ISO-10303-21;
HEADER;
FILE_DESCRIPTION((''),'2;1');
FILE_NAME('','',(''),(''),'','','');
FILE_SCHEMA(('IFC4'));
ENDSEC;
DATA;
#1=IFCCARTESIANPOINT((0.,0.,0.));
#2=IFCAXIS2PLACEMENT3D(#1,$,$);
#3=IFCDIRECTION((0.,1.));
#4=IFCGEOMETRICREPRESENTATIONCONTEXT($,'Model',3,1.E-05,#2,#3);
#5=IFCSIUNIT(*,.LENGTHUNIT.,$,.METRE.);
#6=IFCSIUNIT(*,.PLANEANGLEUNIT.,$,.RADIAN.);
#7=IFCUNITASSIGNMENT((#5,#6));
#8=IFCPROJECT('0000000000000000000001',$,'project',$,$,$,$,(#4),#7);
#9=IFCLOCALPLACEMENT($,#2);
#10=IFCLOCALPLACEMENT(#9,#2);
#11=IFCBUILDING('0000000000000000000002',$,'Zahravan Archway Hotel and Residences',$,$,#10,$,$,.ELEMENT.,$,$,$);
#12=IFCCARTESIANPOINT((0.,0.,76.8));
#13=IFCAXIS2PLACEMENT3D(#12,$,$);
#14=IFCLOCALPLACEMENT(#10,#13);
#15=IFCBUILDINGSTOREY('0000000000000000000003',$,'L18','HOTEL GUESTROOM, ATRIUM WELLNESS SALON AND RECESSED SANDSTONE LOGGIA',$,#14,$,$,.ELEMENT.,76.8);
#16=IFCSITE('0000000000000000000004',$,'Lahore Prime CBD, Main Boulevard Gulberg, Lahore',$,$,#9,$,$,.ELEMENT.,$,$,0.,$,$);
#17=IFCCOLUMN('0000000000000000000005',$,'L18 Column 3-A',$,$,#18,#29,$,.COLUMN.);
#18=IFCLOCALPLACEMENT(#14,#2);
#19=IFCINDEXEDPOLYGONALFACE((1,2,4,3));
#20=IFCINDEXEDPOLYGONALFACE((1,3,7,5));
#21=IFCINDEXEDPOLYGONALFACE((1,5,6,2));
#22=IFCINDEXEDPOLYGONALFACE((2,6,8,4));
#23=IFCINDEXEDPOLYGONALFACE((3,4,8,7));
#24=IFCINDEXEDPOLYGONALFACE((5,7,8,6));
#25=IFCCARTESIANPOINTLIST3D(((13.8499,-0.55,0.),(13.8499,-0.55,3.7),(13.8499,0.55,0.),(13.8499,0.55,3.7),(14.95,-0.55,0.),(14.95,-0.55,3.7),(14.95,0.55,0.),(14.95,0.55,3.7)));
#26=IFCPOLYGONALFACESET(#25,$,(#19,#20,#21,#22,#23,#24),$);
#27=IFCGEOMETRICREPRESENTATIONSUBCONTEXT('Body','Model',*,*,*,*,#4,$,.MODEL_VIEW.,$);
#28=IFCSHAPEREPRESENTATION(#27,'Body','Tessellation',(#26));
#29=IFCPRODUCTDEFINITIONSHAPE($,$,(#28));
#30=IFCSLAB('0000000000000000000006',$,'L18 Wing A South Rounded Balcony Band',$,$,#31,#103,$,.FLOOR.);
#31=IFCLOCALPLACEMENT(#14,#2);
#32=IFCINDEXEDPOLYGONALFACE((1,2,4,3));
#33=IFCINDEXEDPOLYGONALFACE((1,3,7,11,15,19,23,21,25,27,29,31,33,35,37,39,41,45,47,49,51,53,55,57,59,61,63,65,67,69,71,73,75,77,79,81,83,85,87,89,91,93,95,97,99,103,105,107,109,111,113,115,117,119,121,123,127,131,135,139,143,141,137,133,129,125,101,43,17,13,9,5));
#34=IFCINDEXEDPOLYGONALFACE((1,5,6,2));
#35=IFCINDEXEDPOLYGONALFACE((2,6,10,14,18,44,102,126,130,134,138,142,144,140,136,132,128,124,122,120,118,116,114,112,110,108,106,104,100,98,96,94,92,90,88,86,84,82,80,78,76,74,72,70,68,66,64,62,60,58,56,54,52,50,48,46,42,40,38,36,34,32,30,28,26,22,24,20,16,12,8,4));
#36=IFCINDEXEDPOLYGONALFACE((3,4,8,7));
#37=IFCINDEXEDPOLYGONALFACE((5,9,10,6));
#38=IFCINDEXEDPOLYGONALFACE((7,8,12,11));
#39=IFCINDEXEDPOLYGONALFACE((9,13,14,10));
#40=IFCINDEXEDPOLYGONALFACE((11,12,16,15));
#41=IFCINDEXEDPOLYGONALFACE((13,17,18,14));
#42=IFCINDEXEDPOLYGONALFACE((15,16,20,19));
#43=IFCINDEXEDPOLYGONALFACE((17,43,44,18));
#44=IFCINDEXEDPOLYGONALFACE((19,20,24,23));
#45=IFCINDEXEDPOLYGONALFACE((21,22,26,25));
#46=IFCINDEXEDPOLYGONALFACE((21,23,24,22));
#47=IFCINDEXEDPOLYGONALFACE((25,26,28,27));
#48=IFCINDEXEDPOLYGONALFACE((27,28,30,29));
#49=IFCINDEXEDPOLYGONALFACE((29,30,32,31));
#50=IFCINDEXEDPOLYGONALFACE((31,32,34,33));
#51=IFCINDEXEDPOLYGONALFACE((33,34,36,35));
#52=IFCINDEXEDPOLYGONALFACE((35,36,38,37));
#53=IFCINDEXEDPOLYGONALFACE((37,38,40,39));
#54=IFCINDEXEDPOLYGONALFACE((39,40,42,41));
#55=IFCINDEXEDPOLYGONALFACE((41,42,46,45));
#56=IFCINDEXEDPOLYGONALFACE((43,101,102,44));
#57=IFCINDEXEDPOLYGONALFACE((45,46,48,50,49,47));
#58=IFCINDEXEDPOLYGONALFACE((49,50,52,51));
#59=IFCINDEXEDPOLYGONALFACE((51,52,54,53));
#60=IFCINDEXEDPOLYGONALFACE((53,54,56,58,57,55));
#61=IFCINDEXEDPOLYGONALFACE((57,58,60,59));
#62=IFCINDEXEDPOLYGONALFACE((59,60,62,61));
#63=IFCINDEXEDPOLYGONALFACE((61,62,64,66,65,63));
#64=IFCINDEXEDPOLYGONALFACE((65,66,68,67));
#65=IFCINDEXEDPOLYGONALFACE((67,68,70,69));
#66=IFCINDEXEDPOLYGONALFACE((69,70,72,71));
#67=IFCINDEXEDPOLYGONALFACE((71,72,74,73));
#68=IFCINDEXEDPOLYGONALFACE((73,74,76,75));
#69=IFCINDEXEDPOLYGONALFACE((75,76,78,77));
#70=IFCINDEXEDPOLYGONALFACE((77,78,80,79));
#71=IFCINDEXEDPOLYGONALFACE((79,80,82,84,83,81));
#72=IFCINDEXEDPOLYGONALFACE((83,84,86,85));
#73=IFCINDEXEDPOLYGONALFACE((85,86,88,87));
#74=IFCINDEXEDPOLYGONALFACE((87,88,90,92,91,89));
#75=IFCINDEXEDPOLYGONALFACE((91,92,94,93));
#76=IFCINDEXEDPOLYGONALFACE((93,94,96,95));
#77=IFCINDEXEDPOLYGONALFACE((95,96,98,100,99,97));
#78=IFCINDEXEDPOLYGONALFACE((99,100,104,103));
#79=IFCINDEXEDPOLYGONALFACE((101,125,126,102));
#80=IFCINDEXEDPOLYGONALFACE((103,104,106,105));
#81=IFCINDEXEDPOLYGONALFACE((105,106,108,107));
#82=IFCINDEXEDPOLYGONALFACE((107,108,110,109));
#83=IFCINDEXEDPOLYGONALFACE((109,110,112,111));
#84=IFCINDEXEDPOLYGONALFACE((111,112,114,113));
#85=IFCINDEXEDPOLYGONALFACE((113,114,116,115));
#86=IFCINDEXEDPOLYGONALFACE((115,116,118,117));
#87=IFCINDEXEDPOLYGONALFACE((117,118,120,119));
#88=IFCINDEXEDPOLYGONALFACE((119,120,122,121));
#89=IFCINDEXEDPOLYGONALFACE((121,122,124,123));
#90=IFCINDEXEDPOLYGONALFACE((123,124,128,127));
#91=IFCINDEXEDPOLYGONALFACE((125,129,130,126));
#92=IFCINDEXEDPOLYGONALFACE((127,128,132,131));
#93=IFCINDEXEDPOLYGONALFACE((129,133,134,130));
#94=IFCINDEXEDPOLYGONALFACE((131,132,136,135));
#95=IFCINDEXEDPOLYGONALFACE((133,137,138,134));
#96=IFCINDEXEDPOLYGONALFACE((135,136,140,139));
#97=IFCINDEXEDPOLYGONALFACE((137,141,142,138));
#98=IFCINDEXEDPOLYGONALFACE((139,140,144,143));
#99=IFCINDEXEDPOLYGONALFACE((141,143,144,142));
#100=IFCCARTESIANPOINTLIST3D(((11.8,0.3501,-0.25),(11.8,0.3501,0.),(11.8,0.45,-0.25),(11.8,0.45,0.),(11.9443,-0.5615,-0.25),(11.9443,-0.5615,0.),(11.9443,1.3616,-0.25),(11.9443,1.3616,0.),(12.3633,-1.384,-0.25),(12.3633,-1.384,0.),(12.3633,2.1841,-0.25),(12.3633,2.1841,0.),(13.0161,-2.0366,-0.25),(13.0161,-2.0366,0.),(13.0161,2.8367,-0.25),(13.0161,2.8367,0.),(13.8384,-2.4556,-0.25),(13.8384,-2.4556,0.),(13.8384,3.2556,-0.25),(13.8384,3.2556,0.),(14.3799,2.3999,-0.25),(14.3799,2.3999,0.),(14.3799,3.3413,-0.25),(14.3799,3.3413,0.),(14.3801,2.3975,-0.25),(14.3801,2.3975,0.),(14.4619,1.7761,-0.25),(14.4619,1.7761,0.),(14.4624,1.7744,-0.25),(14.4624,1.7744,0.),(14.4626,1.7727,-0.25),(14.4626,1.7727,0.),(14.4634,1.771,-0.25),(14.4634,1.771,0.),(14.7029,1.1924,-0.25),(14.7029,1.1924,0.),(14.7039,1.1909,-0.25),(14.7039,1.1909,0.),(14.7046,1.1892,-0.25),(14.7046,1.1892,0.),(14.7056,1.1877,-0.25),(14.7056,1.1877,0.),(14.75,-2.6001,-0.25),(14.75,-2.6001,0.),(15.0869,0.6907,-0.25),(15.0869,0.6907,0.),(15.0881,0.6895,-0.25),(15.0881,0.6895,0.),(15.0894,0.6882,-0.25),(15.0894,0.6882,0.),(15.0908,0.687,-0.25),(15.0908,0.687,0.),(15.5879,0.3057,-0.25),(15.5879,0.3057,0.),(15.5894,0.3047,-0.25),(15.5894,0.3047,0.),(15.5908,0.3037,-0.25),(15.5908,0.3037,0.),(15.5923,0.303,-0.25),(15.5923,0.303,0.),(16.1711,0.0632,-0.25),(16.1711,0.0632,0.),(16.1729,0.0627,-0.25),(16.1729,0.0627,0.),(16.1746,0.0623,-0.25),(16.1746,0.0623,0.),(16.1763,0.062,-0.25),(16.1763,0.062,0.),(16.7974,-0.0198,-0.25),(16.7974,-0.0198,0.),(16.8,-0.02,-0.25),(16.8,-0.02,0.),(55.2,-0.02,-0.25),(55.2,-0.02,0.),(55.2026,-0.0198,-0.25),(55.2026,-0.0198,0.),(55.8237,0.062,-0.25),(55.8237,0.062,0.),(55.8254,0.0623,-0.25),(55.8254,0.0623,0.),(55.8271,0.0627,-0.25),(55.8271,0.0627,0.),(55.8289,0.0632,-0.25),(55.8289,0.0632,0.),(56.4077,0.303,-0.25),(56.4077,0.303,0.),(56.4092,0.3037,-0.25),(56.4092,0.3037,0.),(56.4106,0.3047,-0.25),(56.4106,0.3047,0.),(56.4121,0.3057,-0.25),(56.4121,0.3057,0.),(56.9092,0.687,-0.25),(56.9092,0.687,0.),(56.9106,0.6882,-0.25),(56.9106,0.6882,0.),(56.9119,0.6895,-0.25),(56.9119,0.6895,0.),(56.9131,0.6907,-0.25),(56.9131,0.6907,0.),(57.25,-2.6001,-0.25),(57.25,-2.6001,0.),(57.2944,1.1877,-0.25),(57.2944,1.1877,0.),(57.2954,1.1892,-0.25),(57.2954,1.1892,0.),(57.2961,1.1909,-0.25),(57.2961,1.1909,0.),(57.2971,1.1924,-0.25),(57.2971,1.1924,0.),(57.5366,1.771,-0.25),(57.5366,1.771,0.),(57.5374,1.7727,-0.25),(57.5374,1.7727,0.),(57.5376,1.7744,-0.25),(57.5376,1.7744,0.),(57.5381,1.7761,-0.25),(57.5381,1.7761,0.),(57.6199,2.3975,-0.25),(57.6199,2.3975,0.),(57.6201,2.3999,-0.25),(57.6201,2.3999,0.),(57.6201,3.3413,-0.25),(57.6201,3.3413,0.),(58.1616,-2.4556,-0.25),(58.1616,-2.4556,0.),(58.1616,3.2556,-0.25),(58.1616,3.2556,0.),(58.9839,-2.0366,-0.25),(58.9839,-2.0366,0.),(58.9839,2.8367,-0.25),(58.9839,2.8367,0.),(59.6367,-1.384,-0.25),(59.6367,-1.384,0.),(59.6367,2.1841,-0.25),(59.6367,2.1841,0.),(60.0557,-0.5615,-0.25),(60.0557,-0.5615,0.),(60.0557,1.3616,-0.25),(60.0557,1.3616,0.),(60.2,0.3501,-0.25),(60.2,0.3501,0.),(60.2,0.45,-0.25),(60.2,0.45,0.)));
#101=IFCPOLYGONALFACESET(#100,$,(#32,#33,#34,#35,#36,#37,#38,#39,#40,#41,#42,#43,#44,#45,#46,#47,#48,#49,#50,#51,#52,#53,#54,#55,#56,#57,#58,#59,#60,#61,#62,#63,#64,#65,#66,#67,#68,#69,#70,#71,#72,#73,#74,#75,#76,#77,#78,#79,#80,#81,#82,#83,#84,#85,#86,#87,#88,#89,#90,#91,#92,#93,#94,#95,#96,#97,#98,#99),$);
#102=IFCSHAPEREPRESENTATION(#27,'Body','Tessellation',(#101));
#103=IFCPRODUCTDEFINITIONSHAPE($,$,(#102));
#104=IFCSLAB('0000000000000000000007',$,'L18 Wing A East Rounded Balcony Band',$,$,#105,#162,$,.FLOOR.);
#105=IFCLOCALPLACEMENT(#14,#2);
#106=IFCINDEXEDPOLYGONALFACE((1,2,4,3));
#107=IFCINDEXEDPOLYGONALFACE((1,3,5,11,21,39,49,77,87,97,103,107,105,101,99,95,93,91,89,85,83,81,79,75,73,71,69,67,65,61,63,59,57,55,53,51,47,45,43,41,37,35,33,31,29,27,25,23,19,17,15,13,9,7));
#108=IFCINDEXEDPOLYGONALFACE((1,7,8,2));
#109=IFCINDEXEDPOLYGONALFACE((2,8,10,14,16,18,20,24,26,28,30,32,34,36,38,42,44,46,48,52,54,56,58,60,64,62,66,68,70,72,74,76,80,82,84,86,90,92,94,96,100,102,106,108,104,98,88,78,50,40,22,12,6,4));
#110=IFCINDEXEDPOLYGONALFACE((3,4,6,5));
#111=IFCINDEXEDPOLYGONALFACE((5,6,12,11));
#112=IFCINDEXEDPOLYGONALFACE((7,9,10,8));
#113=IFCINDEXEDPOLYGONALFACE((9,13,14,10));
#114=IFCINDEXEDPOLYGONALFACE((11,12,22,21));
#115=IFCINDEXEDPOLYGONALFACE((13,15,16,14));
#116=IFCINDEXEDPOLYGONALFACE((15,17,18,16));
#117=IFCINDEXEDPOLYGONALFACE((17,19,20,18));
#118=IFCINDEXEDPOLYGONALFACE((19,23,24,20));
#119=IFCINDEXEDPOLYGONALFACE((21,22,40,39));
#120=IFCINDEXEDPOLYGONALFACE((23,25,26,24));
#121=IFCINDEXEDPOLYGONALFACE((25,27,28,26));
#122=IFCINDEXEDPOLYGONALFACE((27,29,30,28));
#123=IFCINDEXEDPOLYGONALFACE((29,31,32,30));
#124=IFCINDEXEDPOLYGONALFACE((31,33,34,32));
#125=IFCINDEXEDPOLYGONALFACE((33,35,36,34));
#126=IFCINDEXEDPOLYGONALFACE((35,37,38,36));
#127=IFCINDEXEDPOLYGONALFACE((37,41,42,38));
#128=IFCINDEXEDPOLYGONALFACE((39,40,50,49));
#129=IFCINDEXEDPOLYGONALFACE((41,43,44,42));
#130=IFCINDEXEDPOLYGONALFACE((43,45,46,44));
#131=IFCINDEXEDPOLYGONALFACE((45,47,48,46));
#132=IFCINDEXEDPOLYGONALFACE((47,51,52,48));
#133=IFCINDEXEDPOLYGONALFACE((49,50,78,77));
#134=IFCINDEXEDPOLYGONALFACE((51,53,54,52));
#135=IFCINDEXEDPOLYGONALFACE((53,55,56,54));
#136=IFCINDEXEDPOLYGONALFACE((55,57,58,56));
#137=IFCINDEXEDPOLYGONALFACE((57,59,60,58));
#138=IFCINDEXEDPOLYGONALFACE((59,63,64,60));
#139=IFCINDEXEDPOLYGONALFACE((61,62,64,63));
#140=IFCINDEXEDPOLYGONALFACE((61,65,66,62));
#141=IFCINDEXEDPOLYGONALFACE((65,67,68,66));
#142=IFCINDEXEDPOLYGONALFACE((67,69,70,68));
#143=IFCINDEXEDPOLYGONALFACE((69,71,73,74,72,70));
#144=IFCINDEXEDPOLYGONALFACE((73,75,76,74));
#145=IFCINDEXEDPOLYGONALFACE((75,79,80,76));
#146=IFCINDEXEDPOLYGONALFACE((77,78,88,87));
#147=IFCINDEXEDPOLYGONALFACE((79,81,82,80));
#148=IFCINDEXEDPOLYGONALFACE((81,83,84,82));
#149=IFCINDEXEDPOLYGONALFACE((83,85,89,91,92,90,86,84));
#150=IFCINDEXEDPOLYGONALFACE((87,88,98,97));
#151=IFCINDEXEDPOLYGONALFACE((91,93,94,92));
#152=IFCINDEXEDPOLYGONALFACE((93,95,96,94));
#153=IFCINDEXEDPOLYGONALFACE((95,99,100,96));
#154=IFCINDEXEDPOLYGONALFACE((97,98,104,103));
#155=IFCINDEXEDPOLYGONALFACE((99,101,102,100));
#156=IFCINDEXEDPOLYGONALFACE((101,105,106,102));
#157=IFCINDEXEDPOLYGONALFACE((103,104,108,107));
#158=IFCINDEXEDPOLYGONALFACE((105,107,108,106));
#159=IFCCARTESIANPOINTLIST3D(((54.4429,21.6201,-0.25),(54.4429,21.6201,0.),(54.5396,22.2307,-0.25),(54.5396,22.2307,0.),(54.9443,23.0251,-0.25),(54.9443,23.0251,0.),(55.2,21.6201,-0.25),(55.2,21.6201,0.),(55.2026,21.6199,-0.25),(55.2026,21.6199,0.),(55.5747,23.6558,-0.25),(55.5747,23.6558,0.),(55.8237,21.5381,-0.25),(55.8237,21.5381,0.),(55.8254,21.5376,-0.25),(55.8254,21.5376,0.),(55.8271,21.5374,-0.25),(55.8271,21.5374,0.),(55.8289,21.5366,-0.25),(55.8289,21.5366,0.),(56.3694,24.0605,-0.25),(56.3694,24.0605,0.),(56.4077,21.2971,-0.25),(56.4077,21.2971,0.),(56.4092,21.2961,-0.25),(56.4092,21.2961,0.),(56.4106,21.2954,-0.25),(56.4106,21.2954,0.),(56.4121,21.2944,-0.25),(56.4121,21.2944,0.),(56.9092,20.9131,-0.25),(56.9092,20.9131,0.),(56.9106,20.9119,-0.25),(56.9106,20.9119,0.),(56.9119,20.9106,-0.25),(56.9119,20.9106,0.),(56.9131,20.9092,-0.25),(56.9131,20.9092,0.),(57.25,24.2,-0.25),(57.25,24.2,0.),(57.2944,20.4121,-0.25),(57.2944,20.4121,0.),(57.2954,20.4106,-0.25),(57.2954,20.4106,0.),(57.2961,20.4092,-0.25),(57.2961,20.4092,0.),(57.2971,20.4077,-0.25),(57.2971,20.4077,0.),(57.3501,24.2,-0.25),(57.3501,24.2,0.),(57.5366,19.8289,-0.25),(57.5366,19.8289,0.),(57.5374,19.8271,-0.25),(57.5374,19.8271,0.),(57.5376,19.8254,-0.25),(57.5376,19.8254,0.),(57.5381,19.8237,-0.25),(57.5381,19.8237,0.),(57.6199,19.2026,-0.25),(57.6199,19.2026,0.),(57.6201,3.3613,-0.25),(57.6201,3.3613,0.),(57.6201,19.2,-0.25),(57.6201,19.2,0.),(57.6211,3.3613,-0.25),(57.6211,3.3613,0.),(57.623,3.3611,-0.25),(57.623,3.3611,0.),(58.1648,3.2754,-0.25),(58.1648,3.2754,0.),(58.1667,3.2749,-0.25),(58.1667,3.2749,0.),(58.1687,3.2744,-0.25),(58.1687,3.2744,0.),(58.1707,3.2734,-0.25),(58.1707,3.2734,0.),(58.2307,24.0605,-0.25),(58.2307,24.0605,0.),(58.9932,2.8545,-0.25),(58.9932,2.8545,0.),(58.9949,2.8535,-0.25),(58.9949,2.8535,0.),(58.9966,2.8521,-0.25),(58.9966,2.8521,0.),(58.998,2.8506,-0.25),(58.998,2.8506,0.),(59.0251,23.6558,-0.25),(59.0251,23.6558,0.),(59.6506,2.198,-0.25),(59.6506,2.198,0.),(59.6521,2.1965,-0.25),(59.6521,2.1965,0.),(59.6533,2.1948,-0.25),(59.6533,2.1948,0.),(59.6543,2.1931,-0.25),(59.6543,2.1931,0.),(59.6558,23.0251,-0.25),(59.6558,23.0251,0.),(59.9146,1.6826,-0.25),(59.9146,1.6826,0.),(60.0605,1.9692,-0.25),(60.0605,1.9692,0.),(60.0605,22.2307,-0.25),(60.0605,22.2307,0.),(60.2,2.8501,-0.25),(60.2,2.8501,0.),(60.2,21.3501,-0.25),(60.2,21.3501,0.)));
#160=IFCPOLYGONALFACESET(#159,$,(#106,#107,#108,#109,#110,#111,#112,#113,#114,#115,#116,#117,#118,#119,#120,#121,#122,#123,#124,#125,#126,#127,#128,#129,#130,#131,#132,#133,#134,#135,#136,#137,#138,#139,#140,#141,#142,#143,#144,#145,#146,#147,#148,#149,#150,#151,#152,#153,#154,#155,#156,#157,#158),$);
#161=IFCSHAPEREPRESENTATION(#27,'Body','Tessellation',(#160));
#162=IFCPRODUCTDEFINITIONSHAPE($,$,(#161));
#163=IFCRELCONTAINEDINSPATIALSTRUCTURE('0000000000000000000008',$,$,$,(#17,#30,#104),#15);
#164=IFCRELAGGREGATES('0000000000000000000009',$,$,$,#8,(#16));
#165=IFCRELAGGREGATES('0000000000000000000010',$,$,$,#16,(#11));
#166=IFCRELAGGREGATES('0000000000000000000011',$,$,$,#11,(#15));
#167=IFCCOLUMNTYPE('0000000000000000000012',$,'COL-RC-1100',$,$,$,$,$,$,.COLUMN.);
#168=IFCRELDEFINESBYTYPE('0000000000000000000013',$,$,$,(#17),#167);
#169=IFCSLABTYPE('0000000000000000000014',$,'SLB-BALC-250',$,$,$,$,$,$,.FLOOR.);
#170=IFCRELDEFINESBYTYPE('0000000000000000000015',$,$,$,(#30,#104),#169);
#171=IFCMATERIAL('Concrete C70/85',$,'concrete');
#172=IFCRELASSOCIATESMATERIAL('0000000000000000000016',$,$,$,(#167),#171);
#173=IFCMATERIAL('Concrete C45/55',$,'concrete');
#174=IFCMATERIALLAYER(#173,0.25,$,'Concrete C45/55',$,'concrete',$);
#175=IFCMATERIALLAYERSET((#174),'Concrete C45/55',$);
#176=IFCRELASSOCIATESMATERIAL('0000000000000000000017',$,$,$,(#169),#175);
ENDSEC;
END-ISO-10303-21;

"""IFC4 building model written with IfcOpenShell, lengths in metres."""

from ifc_helpers import new_model, si_unit, direction, frame, origin, origin_2d, place, context, subcontext, project, spatial, polyline, rectangle, outline, extrude, source, transform, mapped, material, layer, layer_set, material_profile, profile_set, type_object, element, save


model = new_model("IFC4")

# Units and contexts
model_context = context("Model", 3, precision=1e-05, world=origin(), true_north=direction((0.0, 1.0)))
body_context = subcontext(model_context, "Body", "Model", "MODEL_VIEW")
ifc_project = project(units=[si_unit("LENGTHUNIT", "METRE"), si_unit("PLANEANGLEUNIT", "RADIAN")], contexts=[model_context])

# Site, building, storey
site_placement = place(None, origin())
site = spatial("IfcSite", under=ifc_project, at=site_placement, Name="Lahore Prime CBD, Main Boulevard Gulberg, Lahore", CompositionType="ELEMENT", RefElevation=0.0)
building_placement = place(site_placement, origin())
building = spatial("IfcBuilding", under=site, at=building_placement, Name="Zahravan Archway Hotel and Residences", CompositionType="ELEMENT")
storey_placement = place(building_placement, frame((0.0, 0.0, 76.8)))
storey = spatial("IfcBuildingStorey", under=building, at=storey_placement, Name="L18", Description="HOTEL GUESTROOM, ATRIUM WELLNESS SALON AND RECESSED SANDSTONE LOGGIA", CompositionType="ELEMENT", Elevation=76.8)

# Column
ifc_material_1 = material(Name="Concrete C70/85", Category="concrete")
ifc_material_profile = material_profile(ifc_material_1, rectangle(XDim=1.1001, YDim=1.1001, at=origin_2d()), Name="RC 1100x1100", Category="concrete")
ifc_profile_set = profile_set([ifc_material_profile], Name="Concrete C70/85")
column_type = type_object("IfcColumnType", Name="COL-RC-1100", PredefinedType="COLUMN", material=ifc_profile_set)
shared_shape = source(origin(), body_context, "Body", "SweptSolid", [
    extrude(rectangle(XDim=1.1001, YDim=1.1001, at=origin_2d()), origin(), (0.0, 0.0, 1.0), 3.7),
])
column_placement = place(storey_placement, frame((14.3999, 0.0, 0.0), z_axis=(0.0, 0.0, 1.0), x_axis=(1.0, 0.0, 0.0)))
element("IfcColumn", 1, at=column_placement, inside=storey, type_object=column_type, Name="L18 Column 3-A", PredefinedType="COLUMN", context=body_context, shape_type="MappedRepresentation", body=[
    mapped(shared_shape, transform((0.0, 0.0, 0.0), scale=1.0)),
])

# Slabs
ifc_material_2 = material(Name="Concrete C45/55", Category="concrete")
ifc_layer_1 = layer(ifc_material_2, 0.25, Name="Concrete C45/55", Category="concrete")
ifc_layer_set_1 = layer_set([ifc_layer_1], Name="Concrete C45/55")
slab_type_1 = type_object("IfcSlabType", Name="SLB-BALC-250", PredefinedType="FLOOR", material=ifc_layer_set_1)
slab_1_placement = place(storey_placement, frame((0.0, 0.0, -0.25)))
element("IfcSlab", 2, at=slab_1_placement, inside=storey, type_object=slab_type_1, Name="L18 Wing A South Rounded Balcony Band", PredefinedType="FLOOR", context=body_context, shape_type="SweptSolid", body=[
    extrude(outline(polyline([(58.1616, 3.2556), (58.9839, 2.8367), (59.6367, 2.1841), (60.0557, 1.3616), (60.2, 0.45), (60.2, 0.3501), (60.0557, -0.5615), (59.6367, -1.384), (58.9839, -2.0366), (58.1616, -2.4556), (57.25, -2.6001), (14.75, -2.6001), (13.8384, -2.4556), (13.0161, -2.0366), (12.3633, -1.384), (11.9443, -0.5615), (11.8, 0.3501), (11.8, 0.45), (11.9443, 1.3616), (12.3633, 2.1841), (13.0161, 2.8367), (13.8384, 3.2556), (14.3799, 3.3413), (14.3799, 2.3999), (14.3801, 2.3975), (14.4619, 1.7761), (14.4624, 1.7744), (14.4626, 1.7727), (14.4634, 1.771), (14.7029, 1.1924), (14.7039, 1.1909), (14.7046, 1.1892), (14.7056, 1.1877), (15.0869, 0.6907), (15.0881, 0.6895), (15.0894, 0.6882), (15.0908, 0.687), (15.5879, 0.3057), (15.5894, 0.3047), (15.5908, 0.3037), (15.5923, 0.303), (16.1711, 0.0632), (16.1729, 0.0627), (16.1746, 0.0623), (16.1763, 0.062), (16.7974, -0.0198), (16.8, -0.02), (55.2, -0.02), (55.2026, -0.0198), (55.8237, 0.062), (55.8254, 0.0623), (55.8271, 0.0627), (55.8289, 0.0632), (56.4077, 0.303), (56.4092, 0.3037), (56.4106, 0.3047), (56.4121, 0.3057), (56.9092, 0.687), (56.9106, 0.6882), (56.9119, 0.6895), (56.9131, 0.6907), (57.2944, 1.1877), (57.2954, 1.1892), (57.2961, 1.1909), (57.2971, 1.1924), (57.5366, 1.771), (57.5374, 1.7727), (57.5376, 1.7744), (57.5381, 1.7761), (57.6199, 2.3975), (57.6201, 2.3999), (57.6201, 3.3413), (58.1616, 3.2556)])), origin(), (0.0, 0.0, 1.0), 0.25),
])
slab_2_placement = place(storey_placement, frame((0.0, 0.0, -0.25)))
element("IfcSlab", 3, at=slab_2_placement, inside=storey, type_object=slab_type_1, Name="L18 Wing A East Rounded Balcony Band", PredefinedType="FLOOR", context=body_context, shape_type="SweptSolid", body=[
    extrude(outline(polyline([(54.5396, 22.2307), (54.9443, 23.0251), (55.5747, 23.6558), (56.3694, 24.0605), (57.25, 24.2), (57.3501, 24.2), (58.2307, 24.0605), (59.0251, 23.6558), (59.6558, 23.0251), (60.0605, 22.2307), (60.2, 21.3501), (60.2, 2.8501), (60.0605, 1.9692), (59.9146, 1.6826), (59.6543, 2.1931), (59.6533, 2.1948), (59.6521, 2.1965), (59.6506, 2.198), (58.998, 2.8506), (58.9966, 2.8521), (58.9949, 2.8535), (58.9932, 2.8545), (58.1707, 3.2734), (58.1687, 3.2744), (58.1667, 3.2749), (58.1648, 3.2754), (57.623, 3.3611), (57.6211, 3.3613), (57.6201, 3.3613), (57.6201, 19.2), (57.6199, 19.2026), (57.5381, 19.8237), (57.5376, 19.8254), (57.5374, 19.8271), (57.5366, 19.8289), (57.2971, 20.4077), (57.2961, 20.4092), (57.2954, 20.4106), (57.2944, 20.4121), (56.9131, 20.9092), (56.9119, 20.9106), (56.9106, 20.9119), (56.9092, 20.9131), (56.4121, 21.2944), (56.4106, 21.2954), (56.4092, 21.2961), (56.4077, 21.2971), (55.8289, 21.5366), (55.8271, 21.5374), (55.8254, 21.5376), (55.8237, 21.5381), (55.2026, 21.6199), (55.2, 21.6201), (54.4429, 21.6201), (54.5396, 22.2307)])), origin(), (0.0, 0.0, 1.0), 0.25),
])

save(model, "model.ifc")
